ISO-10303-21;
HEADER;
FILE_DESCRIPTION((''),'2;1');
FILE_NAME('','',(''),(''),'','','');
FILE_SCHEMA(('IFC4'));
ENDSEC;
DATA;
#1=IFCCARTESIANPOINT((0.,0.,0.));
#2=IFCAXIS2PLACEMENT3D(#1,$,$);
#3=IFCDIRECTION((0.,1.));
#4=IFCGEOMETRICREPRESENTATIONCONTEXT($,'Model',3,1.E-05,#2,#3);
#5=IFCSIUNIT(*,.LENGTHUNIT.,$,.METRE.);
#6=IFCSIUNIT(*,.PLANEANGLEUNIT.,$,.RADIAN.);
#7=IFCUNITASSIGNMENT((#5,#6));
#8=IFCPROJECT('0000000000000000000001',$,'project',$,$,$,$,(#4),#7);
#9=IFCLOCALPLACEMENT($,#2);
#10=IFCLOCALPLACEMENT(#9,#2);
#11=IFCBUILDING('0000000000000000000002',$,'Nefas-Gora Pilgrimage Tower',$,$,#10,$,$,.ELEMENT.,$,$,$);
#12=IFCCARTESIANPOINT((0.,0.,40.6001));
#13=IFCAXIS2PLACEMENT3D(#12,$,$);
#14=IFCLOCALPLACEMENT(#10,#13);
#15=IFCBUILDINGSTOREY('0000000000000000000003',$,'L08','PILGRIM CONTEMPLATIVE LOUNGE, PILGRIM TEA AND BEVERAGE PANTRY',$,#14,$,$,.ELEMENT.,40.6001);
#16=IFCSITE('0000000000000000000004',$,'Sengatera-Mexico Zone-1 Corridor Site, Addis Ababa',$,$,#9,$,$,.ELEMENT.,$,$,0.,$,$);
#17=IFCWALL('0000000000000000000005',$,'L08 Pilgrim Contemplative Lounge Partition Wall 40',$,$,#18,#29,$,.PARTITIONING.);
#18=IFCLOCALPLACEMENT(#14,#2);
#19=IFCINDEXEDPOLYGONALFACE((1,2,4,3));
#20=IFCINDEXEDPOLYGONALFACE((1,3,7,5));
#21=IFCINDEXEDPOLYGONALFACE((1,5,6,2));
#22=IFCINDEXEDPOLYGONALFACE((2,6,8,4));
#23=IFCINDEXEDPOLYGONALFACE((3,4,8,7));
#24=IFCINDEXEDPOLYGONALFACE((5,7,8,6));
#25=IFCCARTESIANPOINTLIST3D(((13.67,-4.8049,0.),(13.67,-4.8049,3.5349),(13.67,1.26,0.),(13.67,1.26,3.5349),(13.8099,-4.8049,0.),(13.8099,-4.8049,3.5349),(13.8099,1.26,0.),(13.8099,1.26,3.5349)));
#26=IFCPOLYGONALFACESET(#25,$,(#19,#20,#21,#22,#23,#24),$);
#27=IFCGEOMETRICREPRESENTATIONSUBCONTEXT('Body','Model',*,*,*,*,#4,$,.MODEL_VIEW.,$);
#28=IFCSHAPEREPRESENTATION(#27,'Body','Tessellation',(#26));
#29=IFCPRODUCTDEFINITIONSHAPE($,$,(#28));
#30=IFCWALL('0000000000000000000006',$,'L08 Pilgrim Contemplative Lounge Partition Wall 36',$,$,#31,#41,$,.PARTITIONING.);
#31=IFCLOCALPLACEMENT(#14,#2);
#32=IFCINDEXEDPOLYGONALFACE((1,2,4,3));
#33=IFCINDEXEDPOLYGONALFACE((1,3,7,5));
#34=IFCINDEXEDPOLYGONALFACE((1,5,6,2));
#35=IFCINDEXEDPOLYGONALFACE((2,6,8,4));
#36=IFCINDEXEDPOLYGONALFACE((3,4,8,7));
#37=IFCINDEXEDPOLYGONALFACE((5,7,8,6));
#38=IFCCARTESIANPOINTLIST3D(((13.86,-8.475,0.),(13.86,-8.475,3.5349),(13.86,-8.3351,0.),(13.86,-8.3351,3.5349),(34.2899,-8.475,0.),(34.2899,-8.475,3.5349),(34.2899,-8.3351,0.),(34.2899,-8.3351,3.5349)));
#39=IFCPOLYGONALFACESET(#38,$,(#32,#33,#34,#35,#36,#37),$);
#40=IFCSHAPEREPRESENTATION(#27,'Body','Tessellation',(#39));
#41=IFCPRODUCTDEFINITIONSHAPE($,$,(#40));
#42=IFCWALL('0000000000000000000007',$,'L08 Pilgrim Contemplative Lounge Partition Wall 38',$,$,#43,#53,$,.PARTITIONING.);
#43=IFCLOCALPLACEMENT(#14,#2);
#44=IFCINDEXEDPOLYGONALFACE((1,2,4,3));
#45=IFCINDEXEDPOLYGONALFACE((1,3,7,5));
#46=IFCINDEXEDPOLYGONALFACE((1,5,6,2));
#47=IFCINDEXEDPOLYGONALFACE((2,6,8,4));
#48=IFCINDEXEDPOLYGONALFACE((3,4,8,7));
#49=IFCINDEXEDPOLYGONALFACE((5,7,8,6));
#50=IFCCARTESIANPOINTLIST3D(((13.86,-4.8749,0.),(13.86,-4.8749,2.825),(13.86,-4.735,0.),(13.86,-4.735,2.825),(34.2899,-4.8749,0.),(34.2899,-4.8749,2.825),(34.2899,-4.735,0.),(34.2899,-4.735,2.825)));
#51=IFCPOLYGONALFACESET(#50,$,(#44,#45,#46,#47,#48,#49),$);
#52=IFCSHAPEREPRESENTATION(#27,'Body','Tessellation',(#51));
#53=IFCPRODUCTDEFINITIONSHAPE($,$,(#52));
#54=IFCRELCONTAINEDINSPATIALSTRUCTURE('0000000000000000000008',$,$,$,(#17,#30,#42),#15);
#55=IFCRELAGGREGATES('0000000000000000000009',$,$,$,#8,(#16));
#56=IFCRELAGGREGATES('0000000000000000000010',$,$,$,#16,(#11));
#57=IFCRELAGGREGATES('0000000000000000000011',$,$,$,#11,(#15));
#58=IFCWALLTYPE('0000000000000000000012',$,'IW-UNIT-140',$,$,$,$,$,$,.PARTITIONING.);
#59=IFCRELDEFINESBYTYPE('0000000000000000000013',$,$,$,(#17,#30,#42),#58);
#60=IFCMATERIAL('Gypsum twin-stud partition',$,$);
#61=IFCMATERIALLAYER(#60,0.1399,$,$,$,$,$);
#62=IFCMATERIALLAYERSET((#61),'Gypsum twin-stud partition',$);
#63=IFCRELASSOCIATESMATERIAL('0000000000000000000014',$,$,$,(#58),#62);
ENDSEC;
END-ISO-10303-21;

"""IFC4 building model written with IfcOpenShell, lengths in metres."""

from ifc_helpers import new_model, si_unit, direction, frame, frame_2d, origin, place, context, subcontext, project, spatial, rectangle, extrude, source, transform, mapped, material, layer, layer_set, type_object, element, save


model = new_model("IFC4")

# Units and contexts
model_context = context("Model", 3, precision=1e-05, world=origin(), true_north=direction((0.0, 1.0)))
body_context = subcontext(model_context, "Body", "Model", "MODEL_VIEW")
ifc_project = project(units=[si_unit("LENGTHUNIT", "METRE"), si_unit("PLANEANGLEUNIT", "RADIAN")], contexts=[model_context])

# Site, building, storey
site_placement = place(None, origin())
site = spatial("IfcSite", under=ifc_project, at=site_placement, Name="Sengatera-Mexico Zone-1 Corridor Site, Addis Ababa", CompositionType="ELEMENT", RefElevation=0.0)
building_placement = place(site_placement, origin())
building = spatial("IfcBuilding", under=site, at=building_placement, Name="Nefas-Gora Pilgrimage Tower", CompositionType="ELEMENT")
storey_placement = place(building_placement, frame((0.0, 0.0, 40.6001)))
storey = spatial("IfcBuildingStorey", under=building, at=storey_placement, Name="L08", Description="PILGRIM CONTEMPLATIVE LOUNGE, PILGRIM TEA AND BEVERAGE PANTRY", CompositionType="ELEMENT", Elevation=40.6001)

# Walls
ifc_material_1 = material(Name="Gypsum twin-stud partition")
ifc_layer = layer(ifc_material_1, 0.1399)
ifc_layer_set = layer_set([ifc_layer], Name="Gypsum twin-stud partition")
wall_type = type_object("IfcWallType", Name="IW-UNIT-140", PredefinedType="PARTITIONING", material=ifc_layer_set)
shared_shape_1 = source(origin(), body_context, "Body", "SweptSolid", [
    extrude(rectangle(XDim=6.0649, YDim=0.1399, at=frame_2d((3.0325, 0.0))), origin(), (0.0, 0.0, 1.0), 3.5349),
])
wall_1_placement = place(storey_placement, frame((13.74, -4.8049, 0.0), z_axis=(0.0, 0.0, 1.0), x_axis=(0.0, 1.0, 0.0)))
element("IfcWall", 1, at=wall_1_placement, inside=storey, type_object=wall_type, Name="L08 Pilgrim Contemplative Lounge Partition Wall 40", PredefinedType="PARTITIONING", context=body_context, shape_type="MappedRepresentation", body=[
    mapped(shared_shape_1, transform((0.0, 0.0, 0.0), x_axis=(1.0, 0.0, 0.0), y_axis=(0.0, 1.0, 0.0), z_axis=(0.0, 0.0, 1.0), scale=1.0)),
])
shared_shape_2 = source(origin(), body_context, "Body", "SweptSolid", [
    extrude(rectangle(XDim=20.4299, YDim=0.1399, at=frame_2d((10.2148, 0.0))), origin(), (0.0, 0.0, 1.0), 3.5349),
])
wall_2_placement = place(storey_placement, frame((13.8601, -8.405, 0.0), z_axis=(0.0, 0.0, 1.0), x_axis=(1.0, 0.0, 0.0)))
element("IfcWall", 2, at=wall_2_placement, inside=storey, type_object=wall_type, Name="L08 Pilgrim Contemplative Lounge Partition Wall 36", PredefinedType="PARTITIONING", context=body_context, shape_type="MappedRepresentation", body=[
    mapped(shared_shape_2, transform((0.0, 0.0, 0.0), x_axis=(1.0, 0.0, 0.0), y_axis=(0.0, 1.0, 0.0), z_axis=(0.0, 0.0, 1.0), scale=1.0)),
])
shared_shape_3 = source(origin(), body_context, "Body", "SweptSolid", [
    extrude(rectangle(XDim=20.4299, YDim=0.1399, at=frame_2d((10.2148, 0.0))), origin(), (0.0, 0.0, 1.0), 2.825),
])
wall_3_placement = place(storey_placement, frame((13.8601, -4.8049, 0.0), z_axis=(0.0, 0.0, 1.0), x_axis=(1.0, 0.0, 0.0)))
element("IfcWall", 3, at=wall_3_placement, inside=storey, type_object=wall_type, Name="L08 Pilgrim Contemplative Lounge Partition Wall 38", PredefinedType="PARTITIONING", context=body_context, shape_type="MappedRepresentation", body=[
    mapped(shared_shape_3, transform((0.0, 0.0, 0.0), x_axis=(1.0, 0.0, 0.0), y_axis=(0.0, 1.0, 0.0), z_axis=(0.0, 0.0, 1.0), scale=1.0)),
])

save(model, "model.ifc")
